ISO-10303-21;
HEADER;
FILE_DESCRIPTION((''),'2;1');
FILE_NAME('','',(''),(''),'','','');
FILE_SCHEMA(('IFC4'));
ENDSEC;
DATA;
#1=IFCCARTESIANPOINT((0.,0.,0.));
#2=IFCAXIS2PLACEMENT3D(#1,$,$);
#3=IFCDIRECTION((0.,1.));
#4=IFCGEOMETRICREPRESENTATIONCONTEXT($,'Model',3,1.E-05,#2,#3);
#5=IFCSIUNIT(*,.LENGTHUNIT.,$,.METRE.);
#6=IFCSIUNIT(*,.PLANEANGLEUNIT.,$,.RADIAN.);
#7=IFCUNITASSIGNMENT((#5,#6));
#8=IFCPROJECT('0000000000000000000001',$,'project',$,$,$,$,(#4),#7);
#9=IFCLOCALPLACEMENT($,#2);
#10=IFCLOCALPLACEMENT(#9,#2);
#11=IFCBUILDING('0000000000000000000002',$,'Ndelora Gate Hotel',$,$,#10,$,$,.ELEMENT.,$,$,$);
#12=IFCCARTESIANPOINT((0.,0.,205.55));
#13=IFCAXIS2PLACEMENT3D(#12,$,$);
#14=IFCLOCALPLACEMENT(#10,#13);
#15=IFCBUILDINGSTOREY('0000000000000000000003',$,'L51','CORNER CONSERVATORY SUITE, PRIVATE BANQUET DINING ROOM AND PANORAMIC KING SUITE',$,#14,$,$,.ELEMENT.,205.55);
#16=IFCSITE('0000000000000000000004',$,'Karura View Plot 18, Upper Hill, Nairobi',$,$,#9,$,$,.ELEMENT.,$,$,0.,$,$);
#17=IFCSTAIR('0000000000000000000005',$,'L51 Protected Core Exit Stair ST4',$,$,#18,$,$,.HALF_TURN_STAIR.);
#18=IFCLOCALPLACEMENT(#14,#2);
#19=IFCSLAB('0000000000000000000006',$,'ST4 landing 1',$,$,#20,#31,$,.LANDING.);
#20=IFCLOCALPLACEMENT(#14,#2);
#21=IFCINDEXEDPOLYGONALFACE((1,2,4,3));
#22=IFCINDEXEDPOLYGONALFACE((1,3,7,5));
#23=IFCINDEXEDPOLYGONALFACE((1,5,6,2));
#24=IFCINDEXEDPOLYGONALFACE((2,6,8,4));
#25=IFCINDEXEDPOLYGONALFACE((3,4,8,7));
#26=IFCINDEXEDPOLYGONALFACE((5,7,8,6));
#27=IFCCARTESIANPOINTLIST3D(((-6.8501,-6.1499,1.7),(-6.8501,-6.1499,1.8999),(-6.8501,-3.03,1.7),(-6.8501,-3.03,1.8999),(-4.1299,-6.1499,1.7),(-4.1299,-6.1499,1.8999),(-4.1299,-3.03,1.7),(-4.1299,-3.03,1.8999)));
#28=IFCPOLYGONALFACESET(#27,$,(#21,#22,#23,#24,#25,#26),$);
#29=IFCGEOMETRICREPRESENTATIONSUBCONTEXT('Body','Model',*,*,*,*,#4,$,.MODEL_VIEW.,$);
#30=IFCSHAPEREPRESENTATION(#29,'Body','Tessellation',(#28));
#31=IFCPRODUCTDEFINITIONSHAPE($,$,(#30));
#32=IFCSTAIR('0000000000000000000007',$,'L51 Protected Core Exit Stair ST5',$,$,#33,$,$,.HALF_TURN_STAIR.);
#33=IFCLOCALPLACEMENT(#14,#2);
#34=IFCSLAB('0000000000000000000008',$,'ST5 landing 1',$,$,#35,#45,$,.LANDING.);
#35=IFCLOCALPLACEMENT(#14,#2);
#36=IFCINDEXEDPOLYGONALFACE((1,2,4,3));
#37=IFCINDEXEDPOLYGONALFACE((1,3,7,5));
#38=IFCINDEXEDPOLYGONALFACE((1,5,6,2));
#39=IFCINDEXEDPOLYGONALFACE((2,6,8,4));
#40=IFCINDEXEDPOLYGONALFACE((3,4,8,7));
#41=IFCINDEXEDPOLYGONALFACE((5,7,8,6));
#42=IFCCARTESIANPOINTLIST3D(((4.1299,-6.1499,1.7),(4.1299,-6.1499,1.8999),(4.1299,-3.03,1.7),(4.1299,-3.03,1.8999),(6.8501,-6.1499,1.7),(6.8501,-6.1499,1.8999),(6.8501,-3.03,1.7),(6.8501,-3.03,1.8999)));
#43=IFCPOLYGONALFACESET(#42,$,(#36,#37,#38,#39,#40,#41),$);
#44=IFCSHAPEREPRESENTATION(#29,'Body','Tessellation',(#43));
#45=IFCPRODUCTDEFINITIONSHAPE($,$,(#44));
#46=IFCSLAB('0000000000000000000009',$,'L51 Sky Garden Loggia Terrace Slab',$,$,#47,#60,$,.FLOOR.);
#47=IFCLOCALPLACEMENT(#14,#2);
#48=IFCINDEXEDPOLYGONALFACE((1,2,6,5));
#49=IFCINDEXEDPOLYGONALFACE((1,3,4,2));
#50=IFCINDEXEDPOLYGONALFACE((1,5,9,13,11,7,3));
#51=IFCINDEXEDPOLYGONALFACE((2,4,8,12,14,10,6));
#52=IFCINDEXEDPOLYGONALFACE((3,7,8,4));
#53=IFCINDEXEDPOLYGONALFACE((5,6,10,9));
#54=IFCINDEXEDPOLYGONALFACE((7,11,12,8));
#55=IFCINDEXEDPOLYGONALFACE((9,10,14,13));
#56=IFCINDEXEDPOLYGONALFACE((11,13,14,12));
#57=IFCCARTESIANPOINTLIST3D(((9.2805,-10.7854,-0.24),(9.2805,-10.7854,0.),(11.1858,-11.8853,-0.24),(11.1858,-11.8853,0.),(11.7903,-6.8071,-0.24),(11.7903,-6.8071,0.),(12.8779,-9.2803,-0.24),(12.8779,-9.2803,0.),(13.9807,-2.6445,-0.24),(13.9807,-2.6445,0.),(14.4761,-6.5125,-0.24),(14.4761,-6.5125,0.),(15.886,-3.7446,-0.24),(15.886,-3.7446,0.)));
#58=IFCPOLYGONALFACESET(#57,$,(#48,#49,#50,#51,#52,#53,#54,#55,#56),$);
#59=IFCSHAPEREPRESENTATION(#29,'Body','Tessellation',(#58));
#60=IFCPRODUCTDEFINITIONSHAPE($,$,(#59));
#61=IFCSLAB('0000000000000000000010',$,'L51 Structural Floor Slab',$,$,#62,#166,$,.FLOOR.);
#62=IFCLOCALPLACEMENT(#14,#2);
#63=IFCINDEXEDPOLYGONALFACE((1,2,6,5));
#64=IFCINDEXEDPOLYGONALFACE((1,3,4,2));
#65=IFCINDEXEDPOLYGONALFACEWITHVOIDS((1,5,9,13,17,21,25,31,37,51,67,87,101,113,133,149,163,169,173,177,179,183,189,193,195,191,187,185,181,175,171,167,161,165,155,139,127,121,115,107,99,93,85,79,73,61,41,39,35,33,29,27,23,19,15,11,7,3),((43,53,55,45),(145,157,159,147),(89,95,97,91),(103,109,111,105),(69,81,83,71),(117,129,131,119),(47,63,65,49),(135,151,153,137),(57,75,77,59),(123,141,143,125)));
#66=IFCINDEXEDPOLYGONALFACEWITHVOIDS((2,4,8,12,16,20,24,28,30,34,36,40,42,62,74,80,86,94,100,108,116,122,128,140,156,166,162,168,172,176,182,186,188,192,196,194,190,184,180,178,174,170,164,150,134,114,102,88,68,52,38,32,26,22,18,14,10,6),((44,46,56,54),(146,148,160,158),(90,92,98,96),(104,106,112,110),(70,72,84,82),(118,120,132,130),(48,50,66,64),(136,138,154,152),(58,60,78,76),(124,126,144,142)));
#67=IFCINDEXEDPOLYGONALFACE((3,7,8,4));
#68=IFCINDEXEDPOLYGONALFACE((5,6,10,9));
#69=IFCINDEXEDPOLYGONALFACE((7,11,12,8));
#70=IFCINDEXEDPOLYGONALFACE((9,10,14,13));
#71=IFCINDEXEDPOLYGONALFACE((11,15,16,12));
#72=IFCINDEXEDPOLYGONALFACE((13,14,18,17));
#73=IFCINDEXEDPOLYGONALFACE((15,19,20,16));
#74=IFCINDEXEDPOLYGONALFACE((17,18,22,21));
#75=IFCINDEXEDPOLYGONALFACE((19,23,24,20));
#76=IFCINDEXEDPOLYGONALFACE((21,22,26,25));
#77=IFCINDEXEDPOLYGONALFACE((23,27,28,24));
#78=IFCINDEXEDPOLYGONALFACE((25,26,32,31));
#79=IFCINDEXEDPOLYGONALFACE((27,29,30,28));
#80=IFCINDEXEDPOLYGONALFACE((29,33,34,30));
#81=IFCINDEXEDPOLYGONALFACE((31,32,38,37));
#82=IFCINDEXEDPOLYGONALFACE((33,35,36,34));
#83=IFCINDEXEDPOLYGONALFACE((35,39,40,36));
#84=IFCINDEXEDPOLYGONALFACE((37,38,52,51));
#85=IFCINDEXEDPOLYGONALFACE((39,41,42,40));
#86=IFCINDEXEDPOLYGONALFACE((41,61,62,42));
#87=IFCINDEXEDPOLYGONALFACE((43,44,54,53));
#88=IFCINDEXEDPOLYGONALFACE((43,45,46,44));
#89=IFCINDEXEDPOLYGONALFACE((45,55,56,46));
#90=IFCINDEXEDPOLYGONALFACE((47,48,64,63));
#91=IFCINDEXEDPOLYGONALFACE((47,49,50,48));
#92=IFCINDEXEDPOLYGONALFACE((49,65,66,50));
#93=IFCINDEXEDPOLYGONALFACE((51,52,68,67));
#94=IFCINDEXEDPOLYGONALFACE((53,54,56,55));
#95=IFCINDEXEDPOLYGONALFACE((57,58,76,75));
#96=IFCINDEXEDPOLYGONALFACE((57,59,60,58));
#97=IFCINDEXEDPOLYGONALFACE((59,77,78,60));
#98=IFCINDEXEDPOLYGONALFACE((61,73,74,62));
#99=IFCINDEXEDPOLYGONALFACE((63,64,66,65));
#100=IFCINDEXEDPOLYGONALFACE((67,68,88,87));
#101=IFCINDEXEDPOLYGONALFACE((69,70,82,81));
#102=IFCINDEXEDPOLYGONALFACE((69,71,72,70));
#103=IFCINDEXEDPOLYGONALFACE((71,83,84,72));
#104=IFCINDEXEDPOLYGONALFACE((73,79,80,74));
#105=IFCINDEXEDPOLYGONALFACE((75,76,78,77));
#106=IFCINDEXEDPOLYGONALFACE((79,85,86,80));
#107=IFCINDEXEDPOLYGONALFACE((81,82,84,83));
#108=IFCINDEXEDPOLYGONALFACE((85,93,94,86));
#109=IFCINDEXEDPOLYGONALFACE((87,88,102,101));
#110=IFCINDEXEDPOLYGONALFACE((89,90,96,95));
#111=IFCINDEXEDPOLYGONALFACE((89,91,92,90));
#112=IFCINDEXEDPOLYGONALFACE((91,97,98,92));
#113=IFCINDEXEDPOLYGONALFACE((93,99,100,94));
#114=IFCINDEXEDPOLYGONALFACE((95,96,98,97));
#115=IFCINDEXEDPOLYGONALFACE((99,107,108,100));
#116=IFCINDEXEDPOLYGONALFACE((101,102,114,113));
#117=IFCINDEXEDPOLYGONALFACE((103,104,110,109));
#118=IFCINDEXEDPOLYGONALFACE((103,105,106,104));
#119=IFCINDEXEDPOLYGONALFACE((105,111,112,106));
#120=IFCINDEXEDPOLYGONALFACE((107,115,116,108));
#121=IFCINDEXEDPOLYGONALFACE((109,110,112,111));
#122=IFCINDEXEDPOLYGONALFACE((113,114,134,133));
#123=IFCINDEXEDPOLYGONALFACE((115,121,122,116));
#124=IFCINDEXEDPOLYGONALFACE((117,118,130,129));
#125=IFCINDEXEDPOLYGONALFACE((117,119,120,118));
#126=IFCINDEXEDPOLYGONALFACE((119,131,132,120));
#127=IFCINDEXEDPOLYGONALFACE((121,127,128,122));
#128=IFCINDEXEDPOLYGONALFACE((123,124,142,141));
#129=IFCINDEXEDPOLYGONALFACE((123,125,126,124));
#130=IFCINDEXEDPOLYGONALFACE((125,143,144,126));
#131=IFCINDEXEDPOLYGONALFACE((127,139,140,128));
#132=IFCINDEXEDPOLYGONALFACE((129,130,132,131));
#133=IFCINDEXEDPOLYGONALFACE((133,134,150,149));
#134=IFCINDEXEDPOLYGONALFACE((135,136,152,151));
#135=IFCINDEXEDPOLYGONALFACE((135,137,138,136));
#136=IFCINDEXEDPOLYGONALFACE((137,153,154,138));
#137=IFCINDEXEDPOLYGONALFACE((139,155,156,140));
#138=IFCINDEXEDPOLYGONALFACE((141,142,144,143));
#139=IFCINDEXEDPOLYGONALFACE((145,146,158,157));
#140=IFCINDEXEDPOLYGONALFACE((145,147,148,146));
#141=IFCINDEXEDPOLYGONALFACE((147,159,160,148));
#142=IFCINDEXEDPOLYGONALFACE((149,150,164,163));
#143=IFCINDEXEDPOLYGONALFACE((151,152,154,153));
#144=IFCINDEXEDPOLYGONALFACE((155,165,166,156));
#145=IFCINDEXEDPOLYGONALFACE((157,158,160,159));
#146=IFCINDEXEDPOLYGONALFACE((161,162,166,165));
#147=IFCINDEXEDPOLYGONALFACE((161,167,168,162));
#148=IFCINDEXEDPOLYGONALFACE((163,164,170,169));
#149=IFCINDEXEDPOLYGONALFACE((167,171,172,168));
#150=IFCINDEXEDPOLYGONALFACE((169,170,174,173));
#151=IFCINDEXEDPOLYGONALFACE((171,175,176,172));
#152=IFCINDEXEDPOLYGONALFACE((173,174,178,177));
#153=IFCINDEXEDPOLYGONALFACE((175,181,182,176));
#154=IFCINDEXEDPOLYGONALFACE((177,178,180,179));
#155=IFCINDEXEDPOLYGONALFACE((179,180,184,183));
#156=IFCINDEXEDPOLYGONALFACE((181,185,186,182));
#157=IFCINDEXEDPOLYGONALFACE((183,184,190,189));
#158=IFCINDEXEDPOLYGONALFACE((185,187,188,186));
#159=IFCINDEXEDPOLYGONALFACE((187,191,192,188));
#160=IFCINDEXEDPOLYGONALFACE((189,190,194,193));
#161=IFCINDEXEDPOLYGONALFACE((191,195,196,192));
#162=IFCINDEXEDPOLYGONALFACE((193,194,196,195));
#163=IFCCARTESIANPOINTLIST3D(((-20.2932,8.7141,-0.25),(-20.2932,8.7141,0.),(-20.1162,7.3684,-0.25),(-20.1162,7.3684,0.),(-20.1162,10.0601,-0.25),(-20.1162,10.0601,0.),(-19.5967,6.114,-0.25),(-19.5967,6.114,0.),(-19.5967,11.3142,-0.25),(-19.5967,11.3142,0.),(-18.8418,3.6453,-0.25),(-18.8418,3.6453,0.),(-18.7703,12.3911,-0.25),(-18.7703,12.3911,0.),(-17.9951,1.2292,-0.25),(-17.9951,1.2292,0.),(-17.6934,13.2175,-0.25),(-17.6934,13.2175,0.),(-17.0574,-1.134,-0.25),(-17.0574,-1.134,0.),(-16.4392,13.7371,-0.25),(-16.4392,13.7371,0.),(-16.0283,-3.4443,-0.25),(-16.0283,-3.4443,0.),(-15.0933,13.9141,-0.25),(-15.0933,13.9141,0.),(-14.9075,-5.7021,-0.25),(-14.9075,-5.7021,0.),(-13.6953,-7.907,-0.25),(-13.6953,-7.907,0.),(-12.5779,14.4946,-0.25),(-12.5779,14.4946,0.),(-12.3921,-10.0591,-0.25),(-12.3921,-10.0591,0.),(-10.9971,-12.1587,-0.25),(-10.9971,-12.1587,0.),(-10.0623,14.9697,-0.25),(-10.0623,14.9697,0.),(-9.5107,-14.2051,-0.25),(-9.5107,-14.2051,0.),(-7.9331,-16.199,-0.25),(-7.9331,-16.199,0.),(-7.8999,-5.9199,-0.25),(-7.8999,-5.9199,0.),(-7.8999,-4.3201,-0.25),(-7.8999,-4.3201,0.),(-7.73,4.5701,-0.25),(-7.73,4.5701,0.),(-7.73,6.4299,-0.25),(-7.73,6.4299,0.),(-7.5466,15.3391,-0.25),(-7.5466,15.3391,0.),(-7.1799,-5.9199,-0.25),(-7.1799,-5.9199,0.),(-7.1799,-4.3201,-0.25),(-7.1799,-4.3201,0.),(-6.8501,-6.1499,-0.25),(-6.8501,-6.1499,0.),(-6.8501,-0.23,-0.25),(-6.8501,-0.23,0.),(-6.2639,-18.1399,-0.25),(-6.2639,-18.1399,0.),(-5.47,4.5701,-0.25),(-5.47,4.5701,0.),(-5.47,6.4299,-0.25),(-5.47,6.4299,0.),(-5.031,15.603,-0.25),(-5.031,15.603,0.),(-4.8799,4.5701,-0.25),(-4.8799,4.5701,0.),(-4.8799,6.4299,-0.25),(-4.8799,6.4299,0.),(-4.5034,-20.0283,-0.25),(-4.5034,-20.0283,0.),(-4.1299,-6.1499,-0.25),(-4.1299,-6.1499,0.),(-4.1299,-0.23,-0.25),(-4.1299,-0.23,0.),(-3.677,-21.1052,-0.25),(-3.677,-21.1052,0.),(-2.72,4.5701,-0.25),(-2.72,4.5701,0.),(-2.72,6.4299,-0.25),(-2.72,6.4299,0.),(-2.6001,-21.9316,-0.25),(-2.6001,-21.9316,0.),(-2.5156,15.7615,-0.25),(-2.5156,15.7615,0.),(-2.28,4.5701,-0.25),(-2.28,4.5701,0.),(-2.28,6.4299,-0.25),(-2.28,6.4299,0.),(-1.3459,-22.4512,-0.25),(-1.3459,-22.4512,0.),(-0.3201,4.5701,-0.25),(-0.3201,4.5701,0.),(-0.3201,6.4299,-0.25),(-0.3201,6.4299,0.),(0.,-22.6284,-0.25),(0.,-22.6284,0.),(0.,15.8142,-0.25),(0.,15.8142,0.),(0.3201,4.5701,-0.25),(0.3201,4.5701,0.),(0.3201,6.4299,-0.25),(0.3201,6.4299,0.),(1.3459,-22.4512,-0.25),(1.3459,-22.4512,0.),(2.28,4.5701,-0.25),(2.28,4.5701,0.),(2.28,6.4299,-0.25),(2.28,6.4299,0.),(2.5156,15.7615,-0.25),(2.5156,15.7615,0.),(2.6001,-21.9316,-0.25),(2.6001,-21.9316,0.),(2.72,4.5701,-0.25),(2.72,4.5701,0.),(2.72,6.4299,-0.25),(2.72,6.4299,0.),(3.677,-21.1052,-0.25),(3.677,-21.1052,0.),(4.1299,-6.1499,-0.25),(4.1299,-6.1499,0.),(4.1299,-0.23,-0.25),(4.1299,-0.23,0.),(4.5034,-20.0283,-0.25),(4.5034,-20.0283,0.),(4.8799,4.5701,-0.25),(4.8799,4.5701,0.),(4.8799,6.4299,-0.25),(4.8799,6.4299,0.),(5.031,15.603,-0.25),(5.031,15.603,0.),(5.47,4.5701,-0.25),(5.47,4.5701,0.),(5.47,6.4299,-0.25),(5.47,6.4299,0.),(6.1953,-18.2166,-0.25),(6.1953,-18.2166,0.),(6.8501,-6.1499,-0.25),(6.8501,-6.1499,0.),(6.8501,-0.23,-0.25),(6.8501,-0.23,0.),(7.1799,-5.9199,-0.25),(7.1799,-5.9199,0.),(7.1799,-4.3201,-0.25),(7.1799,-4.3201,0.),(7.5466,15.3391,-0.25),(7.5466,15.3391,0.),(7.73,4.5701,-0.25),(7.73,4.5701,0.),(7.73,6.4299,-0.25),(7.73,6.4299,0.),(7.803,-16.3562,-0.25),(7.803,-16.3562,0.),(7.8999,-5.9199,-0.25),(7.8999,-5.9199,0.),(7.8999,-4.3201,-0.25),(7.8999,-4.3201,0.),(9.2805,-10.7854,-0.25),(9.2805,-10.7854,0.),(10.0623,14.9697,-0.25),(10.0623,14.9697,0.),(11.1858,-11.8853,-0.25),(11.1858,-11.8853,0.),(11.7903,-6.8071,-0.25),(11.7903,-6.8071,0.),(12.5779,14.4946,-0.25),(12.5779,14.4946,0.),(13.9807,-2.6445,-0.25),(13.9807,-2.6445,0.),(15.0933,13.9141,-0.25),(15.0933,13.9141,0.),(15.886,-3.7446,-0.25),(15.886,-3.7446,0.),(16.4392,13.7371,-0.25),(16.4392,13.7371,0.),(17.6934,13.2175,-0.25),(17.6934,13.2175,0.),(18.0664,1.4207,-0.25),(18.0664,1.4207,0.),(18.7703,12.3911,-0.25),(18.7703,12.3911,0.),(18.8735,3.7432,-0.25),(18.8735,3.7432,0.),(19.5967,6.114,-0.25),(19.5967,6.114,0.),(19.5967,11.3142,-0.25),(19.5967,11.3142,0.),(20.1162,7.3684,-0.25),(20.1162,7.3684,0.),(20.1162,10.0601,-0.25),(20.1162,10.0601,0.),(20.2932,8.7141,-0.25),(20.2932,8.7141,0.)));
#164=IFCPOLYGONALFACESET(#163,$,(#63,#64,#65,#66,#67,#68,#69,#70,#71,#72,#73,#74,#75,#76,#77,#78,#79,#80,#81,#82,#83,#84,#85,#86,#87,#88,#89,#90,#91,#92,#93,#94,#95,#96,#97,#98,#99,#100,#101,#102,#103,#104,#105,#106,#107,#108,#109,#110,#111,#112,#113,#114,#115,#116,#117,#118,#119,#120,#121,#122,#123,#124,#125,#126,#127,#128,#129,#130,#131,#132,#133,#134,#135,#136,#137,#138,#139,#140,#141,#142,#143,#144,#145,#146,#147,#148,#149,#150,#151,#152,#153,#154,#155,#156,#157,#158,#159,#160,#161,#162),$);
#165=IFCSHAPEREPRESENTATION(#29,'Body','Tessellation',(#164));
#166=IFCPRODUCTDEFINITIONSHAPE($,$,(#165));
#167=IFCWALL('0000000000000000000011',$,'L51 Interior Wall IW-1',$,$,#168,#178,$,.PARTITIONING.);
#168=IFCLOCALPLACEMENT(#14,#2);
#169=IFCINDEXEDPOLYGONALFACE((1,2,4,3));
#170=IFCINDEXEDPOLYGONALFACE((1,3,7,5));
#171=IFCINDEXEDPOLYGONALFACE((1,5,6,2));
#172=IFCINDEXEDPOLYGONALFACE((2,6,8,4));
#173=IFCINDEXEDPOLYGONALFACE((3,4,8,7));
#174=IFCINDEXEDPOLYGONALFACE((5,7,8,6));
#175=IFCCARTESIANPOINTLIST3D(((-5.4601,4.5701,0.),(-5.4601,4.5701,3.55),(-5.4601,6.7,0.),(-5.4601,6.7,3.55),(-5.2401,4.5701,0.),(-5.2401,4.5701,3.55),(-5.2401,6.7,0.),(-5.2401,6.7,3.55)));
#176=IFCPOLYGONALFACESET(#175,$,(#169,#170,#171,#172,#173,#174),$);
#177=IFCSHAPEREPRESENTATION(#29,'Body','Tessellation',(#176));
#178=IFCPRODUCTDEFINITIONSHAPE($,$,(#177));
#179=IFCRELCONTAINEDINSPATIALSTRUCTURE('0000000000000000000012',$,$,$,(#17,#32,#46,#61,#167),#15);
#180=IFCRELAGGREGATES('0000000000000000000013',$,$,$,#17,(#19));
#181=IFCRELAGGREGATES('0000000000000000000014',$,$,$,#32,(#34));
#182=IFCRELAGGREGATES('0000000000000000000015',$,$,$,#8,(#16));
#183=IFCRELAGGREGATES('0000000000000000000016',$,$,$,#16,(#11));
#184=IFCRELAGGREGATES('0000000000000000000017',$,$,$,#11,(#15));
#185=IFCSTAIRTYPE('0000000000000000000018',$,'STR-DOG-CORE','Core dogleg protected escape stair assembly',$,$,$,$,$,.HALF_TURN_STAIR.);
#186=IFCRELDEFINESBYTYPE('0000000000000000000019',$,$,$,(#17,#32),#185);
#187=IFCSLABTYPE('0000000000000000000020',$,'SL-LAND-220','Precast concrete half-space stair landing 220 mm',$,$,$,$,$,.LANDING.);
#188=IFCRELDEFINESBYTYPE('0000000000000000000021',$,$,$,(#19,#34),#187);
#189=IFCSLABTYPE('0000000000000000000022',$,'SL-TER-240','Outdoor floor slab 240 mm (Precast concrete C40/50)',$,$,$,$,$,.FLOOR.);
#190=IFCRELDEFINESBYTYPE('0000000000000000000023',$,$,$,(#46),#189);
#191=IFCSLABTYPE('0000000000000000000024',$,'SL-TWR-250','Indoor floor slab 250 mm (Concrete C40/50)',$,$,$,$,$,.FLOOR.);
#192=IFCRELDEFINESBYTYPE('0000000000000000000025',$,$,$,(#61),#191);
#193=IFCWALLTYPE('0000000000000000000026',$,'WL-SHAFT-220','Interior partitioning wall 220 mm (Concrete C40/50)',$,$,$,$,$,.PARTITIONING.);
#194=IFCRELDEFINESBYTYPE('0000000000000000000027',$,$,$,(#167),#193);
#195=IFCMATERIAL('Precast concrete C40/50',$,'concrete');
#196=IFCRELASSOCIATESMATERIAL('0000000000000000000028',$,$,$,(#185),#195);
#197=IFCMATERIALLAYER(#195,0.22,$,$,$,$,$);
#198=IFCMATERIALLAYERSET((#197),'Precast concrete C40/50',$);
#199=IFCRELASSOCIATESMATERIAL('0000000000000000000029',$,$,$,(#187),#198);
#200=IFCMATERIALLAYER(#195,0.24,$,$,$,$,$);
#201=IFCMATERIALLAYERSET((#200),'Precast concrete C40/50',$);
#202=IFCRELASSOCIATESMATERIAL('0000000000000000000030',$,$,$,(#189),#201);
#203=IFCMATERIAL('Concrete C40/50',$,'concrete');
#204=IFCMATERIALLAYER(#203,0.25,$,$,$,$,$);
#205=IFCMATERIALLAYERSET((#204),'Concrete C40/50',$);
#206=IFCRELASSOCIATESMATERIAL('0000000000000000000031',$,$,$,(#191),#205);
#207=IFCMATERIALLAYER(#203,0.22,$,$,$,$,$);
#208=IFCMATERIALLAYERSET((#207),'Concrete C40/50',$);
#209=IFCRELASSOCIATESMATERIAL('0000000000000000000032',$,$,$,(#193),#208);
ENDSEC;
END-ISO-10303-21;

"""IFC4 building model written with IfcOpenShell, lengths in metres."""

from ifc_helpers import new_model, si_unit, direction, frame, frame_2d, origin, place, context, subcontext, project, spatial, polyline, rectangle, outline, extrude, material, layer, layer_set, type_object, element, aggregate, save


model = new_model("IFC4")

# Units and contexts
model_context = context("Model", 3, precision=1e-05, world=origin(), true_north=direction((0.0, 1.0)))
body_context = subcontext(model_context, "Body", "Model", "MODEL_VIEW")
ifc_project = project(units=[si_unit("LENGTHUNIT", "METRE"), si_unit("PLANEANGLEUNIT", "RADIAN")], contexts=[model_context])

# Site, building, storey
site_placement = place(None, origin())
site = spatial("IfcSite", under=ifc_project, at=site_placement, Name="Karura View Plot 18, Upper Hill, Nairobi", CompositionType="ELEMENT", RefElevation=0.0)
building_placement = place(site_placement, origin())
building = spatial("IfcBuilding", under=site, at=building_placement, Name="Ndelora Gate Hotel", CompositionType="ELEMENT")
storey_placement = place(building_placement, frame((0.0, 0.0, 205.55)))
storey = spatial("IfcBuildingStorey", under=building, at=storey_placement, Name="L51", Description="CORNER CONSERVATORY SUITE, PRIVATE BANQUET DINING ROOM AND PANORAMIC KING SUITE", CompositionType="ELEMENT", Elevation=205.55)

# Stairs, slabs
ifc_material_1 = material(Name="Precast concrete C40/50", Category="concrete")
stair_type = type_object("IfcStairType", Name="STR-DOG-CORE", Description="Core dogleg protected escape stair assembly", PredefinedType="HALF_TURN_STAIR", material=ifc_material_1)
stair_1_placement = place(storey_placement, origin())
stair_1 = element("IfcStair", 1, at=stair_1_placement, inside=storey, type_object=stair_type, Name="L51 Protected Core Exit Stair ST4", PredefinedType="HALF_TURN_STAIR")
ifc_layer_1 = layer(ifc_material_1, 0.22)
ifc_layer_set_1 = layer_set([ifc_layer_1], Name="Precast concrete C40/50")
slab_type_1 = type_object("IfcSlabType", Name="SL-LAND-220", Description="Precast concrete half-space stair landing 220 mm", PredefinedType="LANDING", material=ifc_layer_set_1)
slab_1_placement = place(storey_placement, frame((0.0, 0.0, 1.7)))
slab_1 = element("IfcSlab", 2, at=slab_1_placement, type_object=slab_type_1, Name="ST4 landing 1", PredefinedType="LANDING", context=body_context, shape_type="SweptSolid", body=[
    extrude(outline(polyline([(-6.8501, -3.03), (-6.8501, -6.1499), (-4.1299, -6.1499), (-4.1299, -3.03), (-6.8501, -3.03)])), origin(), (0.0, 0.0, 1.0), 0.2),
])
aggregate(stair_1, [slab_1])
stair_2_placement = place(storey_placement, origin())
stair_2 = element("IfcStair", 3, at=stair_2_placement, inside=storey, type_object=stair_type, Name="L51 Protected Core Exit Stair ST5", PredefinedType="HALF_TURN_STAIR")
slab_2_placement = place(storey_placement, frame((0.0, 0.0, 1.7)))
slab_2 = element("IfcSlab", 4, at=slab_2_placement, type_object=slab_type_1, Name="ST5 landing 1", PredefinedType="LANDING", context=body_context, shape_type="SweptSolid", body=[
    extrude(outline(polyline([(4.1299, -3.03), (4.1299, -6.1499), (6.8501, -6.1499), (6.8501, -3.03), (4.1299, -3.03)])), origin(), (0.0, 0.0, 1.0), 0.2),
])
aggregate(stair_2, [slab_2])

# Slabs
ifc_layer_2 = layer(ifc_material_1, 0.24)
ifc_layer_set_2 = layer_set([ifc_layer_2], Name="Precast concrete C40/50")
slab_type_2 = type_object("IfcSlabType", Name="SL-TER-240", Description="Outdoor floor slab 240 mm (Precast concrete C40/50)", PredefinedType="FLOOR", material=ifc_layer_set_2)
slab_3_placement = place(storey_placement, frame((0.0, 0.0, -0.24)))
element("IfcSlab", 5, at=slab_3_placement, inside=storey, type_object=slab_type_2, Name="L51 Sky Garden Loggia Terrace Slab", PredefinedType="FLOOR", context=body_context, shape_type="SweptSolid", body=[
    extrude(outline(polyline([(9.2805, -10.7854), (11.1858, -11.8853), (12.8779, -9.2803), (14.4761, -6.5125), (15.886, -3.7446), (13.9807, -2.6445), (11.7903, -6.8071), (9.2805, -10.7854)])), origin(), (0.0, 0.0, 1.0), 0.24),
])
ifc_material_2 = material(Name="Concrete C40/50", Category="concrete")
ifc_layer_3 = layer(ifc_material_2, 0.25)
ifc_layer_set_3 = layer_set([ifc_layer_3], Name="Concrete C40/50")
slab_type_3 = type_object("IfcSlabType", Name="SL-TWR-250", Description="Indoor floor slab 250 mm (Concrete C40/50)", PredefinedType="FLOOR", material=ifc_layer_set_3)
slab_4_placement = place(storey_placement, frame((0.0, 0.0, -0.25)))
element("IfcSlab", 6, at=slab_4_placement, inside=storey, type_object=slab_type_3, Name="L51 Structural Floor Slab", PredefinedType="FLOOR", context=body_context, shape_type="SweptSolid", body=[
    extrude(outline(polyline([(-15.0933, 13.9141), (-16.4392, 13.7371), (-17.6934, 13.2175), (-18.7703, 12.3911), (-19.5967, 11.3142), (-20.1162, 10.0601), (-20.2932, 8.7141), (-20.1162, 7.3684), (-19.5967, 6.114), (-18.8418, 3.6453), (-17.9951, 1.2292), (-17.0574, -1.134), (-16.0283, -3.4443), (-14.9075, -5.7021), (-13.6953, -7.907), (-12.3921, -10.0591), (-10.9971, -12.1587), (-9.5107, -14.2051), (-7.9331, -16.199), (-6.2639, -18.1399), (-4.5034, -20.0283), (-3.677, -21.1052), (-2.6001, -21.9316), (-1.3459, -22.4512), (0.0, -22.6284), (1.3459, -22.4512), (2.6001, -21.9316), (3.677, -21.1052), (4.5034, -20.0283), (6.1953, -18.2166), (7.803, -16.3562), (11.1858, -11.8853), (9.2805, -10.7854), (11.7903, -6.8071), (13.9807, -2.6445), (15.886, -3.7446), (18.0664, 1.4207), (18.8735, 3.7432), (19.5967, 6.114), (20.1162, 7.3684), (20.2932, 8.7141), (20.1162, 10.0601), (19.5967, 11.3142), (18.7703, 12.3911), (17.6934, 13.2175), (16.4392, 13.7371), (15.0933, 13.9141), (12.5779, 14.4946), (10.0623, 14.9697), (7.5466, 15.3391), (5.031, 15.603), (2.5156, 15.7615), (0.0, 15.8142), (-2.5156, 15.7615), (-5.031, 15.603), (-7.5466, 15.3391), (-10.0623, 14.9697), (-12.5779, 14.4946), (-15.0933, 13.9141)]), holes=[polyline([(-6.8501, -0.23), (-6.8501, -6.1499), (-4.1299, -6.1499), (-4.1299, -0.23), (-6.8501, -0.23)]), polyline([(4.1299, -0.23), (4.1299, -6.1499), (6.8501, -6.1499), (6.8501, -0.23), (4.1299, -0.23)]), polyline([(-7.73, 4.5701), (-5.47, 4.5701), (-5.47, 6.4299), (-7.73, 6.4299), (-7.73, 4.5701)]), polyline([(5.47, 4.5701), (7.73, 4.5701), (7.73, 6.4299), (5.47, 6.4299), (5.47, 4.5701)]), polyline([(-4.8799, 4.5701), (-2.72, 4.5701), (-2.72, 6.4299), (-4.8799, 6.4299), (-4.8799, 4.5701)]), polyline([(2.72, 4.5701), (4.8799, 4.5701), (4.8799, 6.4299), (2.72, 6.4299), (2.72, 4.5701)]), polyline([(-2.28, 4.5701), (-0.3201, 4.5701), (-0.3201, 6.4299), (-2.28, 6.4299), (-2.28, 4.5701)]), polyline([(0.3201, 4.5701), (2.28, 4.5701), (2.28, 6.4299), (0.3201, 6.4299), (0.3201, 4.5701)]), polyline([(-7.8999, -5.9199), (-7.1799, -5.9199), (-7.1799, -4.3201), (-7.8999, -4.3201), (-7.8999, -5.9199)]), polyline([(7.1799, -5.9199), (7.8999, -5.9199), (7.8999, -4.3201), (7.1799, -4.3201), (7.1799, -5.9199)])]), origin(), (0.0, 0.0, 1.0), 0.25),
])

# Wall
ifc_layer_4 = layer(ifc_material_2, 0.22)
ifc_layer_set_4 = layer_set([ifc_layer_4], Name="Concrete C40/50")
wall_type_1 = type_object("IfcWallType", Name="WL-SHAFT-220", Description="Interior partitioning wall 220 mm (Concrete C40/50)", PredefinedType="PARTITIONING", material=ifc_layer_set_4)
wall_1_placement = place(storey_placement, frame((-5.3501, 4.5701, 0.0), z_axis=(0.0, 0.0, 1.0), x_axis=(0.0, 1.0, 0.0)))
element("IfcWall", 7, at=wall_1_placement, inside=storey, type_object=wall_type_1, Name="L51 Interior Wall IW-1", PredefinedType="PARTITIONING", context=body_context, shape_type="SweptSolid", body=[
    extrude(rectangle(XDim=2.1299, YDim=0.22, at=frame_2d((1.0649, 0.0))), origin(), (0.0, 0.0, 1.0), 3.55),
])

save(model, "model.ifc")
